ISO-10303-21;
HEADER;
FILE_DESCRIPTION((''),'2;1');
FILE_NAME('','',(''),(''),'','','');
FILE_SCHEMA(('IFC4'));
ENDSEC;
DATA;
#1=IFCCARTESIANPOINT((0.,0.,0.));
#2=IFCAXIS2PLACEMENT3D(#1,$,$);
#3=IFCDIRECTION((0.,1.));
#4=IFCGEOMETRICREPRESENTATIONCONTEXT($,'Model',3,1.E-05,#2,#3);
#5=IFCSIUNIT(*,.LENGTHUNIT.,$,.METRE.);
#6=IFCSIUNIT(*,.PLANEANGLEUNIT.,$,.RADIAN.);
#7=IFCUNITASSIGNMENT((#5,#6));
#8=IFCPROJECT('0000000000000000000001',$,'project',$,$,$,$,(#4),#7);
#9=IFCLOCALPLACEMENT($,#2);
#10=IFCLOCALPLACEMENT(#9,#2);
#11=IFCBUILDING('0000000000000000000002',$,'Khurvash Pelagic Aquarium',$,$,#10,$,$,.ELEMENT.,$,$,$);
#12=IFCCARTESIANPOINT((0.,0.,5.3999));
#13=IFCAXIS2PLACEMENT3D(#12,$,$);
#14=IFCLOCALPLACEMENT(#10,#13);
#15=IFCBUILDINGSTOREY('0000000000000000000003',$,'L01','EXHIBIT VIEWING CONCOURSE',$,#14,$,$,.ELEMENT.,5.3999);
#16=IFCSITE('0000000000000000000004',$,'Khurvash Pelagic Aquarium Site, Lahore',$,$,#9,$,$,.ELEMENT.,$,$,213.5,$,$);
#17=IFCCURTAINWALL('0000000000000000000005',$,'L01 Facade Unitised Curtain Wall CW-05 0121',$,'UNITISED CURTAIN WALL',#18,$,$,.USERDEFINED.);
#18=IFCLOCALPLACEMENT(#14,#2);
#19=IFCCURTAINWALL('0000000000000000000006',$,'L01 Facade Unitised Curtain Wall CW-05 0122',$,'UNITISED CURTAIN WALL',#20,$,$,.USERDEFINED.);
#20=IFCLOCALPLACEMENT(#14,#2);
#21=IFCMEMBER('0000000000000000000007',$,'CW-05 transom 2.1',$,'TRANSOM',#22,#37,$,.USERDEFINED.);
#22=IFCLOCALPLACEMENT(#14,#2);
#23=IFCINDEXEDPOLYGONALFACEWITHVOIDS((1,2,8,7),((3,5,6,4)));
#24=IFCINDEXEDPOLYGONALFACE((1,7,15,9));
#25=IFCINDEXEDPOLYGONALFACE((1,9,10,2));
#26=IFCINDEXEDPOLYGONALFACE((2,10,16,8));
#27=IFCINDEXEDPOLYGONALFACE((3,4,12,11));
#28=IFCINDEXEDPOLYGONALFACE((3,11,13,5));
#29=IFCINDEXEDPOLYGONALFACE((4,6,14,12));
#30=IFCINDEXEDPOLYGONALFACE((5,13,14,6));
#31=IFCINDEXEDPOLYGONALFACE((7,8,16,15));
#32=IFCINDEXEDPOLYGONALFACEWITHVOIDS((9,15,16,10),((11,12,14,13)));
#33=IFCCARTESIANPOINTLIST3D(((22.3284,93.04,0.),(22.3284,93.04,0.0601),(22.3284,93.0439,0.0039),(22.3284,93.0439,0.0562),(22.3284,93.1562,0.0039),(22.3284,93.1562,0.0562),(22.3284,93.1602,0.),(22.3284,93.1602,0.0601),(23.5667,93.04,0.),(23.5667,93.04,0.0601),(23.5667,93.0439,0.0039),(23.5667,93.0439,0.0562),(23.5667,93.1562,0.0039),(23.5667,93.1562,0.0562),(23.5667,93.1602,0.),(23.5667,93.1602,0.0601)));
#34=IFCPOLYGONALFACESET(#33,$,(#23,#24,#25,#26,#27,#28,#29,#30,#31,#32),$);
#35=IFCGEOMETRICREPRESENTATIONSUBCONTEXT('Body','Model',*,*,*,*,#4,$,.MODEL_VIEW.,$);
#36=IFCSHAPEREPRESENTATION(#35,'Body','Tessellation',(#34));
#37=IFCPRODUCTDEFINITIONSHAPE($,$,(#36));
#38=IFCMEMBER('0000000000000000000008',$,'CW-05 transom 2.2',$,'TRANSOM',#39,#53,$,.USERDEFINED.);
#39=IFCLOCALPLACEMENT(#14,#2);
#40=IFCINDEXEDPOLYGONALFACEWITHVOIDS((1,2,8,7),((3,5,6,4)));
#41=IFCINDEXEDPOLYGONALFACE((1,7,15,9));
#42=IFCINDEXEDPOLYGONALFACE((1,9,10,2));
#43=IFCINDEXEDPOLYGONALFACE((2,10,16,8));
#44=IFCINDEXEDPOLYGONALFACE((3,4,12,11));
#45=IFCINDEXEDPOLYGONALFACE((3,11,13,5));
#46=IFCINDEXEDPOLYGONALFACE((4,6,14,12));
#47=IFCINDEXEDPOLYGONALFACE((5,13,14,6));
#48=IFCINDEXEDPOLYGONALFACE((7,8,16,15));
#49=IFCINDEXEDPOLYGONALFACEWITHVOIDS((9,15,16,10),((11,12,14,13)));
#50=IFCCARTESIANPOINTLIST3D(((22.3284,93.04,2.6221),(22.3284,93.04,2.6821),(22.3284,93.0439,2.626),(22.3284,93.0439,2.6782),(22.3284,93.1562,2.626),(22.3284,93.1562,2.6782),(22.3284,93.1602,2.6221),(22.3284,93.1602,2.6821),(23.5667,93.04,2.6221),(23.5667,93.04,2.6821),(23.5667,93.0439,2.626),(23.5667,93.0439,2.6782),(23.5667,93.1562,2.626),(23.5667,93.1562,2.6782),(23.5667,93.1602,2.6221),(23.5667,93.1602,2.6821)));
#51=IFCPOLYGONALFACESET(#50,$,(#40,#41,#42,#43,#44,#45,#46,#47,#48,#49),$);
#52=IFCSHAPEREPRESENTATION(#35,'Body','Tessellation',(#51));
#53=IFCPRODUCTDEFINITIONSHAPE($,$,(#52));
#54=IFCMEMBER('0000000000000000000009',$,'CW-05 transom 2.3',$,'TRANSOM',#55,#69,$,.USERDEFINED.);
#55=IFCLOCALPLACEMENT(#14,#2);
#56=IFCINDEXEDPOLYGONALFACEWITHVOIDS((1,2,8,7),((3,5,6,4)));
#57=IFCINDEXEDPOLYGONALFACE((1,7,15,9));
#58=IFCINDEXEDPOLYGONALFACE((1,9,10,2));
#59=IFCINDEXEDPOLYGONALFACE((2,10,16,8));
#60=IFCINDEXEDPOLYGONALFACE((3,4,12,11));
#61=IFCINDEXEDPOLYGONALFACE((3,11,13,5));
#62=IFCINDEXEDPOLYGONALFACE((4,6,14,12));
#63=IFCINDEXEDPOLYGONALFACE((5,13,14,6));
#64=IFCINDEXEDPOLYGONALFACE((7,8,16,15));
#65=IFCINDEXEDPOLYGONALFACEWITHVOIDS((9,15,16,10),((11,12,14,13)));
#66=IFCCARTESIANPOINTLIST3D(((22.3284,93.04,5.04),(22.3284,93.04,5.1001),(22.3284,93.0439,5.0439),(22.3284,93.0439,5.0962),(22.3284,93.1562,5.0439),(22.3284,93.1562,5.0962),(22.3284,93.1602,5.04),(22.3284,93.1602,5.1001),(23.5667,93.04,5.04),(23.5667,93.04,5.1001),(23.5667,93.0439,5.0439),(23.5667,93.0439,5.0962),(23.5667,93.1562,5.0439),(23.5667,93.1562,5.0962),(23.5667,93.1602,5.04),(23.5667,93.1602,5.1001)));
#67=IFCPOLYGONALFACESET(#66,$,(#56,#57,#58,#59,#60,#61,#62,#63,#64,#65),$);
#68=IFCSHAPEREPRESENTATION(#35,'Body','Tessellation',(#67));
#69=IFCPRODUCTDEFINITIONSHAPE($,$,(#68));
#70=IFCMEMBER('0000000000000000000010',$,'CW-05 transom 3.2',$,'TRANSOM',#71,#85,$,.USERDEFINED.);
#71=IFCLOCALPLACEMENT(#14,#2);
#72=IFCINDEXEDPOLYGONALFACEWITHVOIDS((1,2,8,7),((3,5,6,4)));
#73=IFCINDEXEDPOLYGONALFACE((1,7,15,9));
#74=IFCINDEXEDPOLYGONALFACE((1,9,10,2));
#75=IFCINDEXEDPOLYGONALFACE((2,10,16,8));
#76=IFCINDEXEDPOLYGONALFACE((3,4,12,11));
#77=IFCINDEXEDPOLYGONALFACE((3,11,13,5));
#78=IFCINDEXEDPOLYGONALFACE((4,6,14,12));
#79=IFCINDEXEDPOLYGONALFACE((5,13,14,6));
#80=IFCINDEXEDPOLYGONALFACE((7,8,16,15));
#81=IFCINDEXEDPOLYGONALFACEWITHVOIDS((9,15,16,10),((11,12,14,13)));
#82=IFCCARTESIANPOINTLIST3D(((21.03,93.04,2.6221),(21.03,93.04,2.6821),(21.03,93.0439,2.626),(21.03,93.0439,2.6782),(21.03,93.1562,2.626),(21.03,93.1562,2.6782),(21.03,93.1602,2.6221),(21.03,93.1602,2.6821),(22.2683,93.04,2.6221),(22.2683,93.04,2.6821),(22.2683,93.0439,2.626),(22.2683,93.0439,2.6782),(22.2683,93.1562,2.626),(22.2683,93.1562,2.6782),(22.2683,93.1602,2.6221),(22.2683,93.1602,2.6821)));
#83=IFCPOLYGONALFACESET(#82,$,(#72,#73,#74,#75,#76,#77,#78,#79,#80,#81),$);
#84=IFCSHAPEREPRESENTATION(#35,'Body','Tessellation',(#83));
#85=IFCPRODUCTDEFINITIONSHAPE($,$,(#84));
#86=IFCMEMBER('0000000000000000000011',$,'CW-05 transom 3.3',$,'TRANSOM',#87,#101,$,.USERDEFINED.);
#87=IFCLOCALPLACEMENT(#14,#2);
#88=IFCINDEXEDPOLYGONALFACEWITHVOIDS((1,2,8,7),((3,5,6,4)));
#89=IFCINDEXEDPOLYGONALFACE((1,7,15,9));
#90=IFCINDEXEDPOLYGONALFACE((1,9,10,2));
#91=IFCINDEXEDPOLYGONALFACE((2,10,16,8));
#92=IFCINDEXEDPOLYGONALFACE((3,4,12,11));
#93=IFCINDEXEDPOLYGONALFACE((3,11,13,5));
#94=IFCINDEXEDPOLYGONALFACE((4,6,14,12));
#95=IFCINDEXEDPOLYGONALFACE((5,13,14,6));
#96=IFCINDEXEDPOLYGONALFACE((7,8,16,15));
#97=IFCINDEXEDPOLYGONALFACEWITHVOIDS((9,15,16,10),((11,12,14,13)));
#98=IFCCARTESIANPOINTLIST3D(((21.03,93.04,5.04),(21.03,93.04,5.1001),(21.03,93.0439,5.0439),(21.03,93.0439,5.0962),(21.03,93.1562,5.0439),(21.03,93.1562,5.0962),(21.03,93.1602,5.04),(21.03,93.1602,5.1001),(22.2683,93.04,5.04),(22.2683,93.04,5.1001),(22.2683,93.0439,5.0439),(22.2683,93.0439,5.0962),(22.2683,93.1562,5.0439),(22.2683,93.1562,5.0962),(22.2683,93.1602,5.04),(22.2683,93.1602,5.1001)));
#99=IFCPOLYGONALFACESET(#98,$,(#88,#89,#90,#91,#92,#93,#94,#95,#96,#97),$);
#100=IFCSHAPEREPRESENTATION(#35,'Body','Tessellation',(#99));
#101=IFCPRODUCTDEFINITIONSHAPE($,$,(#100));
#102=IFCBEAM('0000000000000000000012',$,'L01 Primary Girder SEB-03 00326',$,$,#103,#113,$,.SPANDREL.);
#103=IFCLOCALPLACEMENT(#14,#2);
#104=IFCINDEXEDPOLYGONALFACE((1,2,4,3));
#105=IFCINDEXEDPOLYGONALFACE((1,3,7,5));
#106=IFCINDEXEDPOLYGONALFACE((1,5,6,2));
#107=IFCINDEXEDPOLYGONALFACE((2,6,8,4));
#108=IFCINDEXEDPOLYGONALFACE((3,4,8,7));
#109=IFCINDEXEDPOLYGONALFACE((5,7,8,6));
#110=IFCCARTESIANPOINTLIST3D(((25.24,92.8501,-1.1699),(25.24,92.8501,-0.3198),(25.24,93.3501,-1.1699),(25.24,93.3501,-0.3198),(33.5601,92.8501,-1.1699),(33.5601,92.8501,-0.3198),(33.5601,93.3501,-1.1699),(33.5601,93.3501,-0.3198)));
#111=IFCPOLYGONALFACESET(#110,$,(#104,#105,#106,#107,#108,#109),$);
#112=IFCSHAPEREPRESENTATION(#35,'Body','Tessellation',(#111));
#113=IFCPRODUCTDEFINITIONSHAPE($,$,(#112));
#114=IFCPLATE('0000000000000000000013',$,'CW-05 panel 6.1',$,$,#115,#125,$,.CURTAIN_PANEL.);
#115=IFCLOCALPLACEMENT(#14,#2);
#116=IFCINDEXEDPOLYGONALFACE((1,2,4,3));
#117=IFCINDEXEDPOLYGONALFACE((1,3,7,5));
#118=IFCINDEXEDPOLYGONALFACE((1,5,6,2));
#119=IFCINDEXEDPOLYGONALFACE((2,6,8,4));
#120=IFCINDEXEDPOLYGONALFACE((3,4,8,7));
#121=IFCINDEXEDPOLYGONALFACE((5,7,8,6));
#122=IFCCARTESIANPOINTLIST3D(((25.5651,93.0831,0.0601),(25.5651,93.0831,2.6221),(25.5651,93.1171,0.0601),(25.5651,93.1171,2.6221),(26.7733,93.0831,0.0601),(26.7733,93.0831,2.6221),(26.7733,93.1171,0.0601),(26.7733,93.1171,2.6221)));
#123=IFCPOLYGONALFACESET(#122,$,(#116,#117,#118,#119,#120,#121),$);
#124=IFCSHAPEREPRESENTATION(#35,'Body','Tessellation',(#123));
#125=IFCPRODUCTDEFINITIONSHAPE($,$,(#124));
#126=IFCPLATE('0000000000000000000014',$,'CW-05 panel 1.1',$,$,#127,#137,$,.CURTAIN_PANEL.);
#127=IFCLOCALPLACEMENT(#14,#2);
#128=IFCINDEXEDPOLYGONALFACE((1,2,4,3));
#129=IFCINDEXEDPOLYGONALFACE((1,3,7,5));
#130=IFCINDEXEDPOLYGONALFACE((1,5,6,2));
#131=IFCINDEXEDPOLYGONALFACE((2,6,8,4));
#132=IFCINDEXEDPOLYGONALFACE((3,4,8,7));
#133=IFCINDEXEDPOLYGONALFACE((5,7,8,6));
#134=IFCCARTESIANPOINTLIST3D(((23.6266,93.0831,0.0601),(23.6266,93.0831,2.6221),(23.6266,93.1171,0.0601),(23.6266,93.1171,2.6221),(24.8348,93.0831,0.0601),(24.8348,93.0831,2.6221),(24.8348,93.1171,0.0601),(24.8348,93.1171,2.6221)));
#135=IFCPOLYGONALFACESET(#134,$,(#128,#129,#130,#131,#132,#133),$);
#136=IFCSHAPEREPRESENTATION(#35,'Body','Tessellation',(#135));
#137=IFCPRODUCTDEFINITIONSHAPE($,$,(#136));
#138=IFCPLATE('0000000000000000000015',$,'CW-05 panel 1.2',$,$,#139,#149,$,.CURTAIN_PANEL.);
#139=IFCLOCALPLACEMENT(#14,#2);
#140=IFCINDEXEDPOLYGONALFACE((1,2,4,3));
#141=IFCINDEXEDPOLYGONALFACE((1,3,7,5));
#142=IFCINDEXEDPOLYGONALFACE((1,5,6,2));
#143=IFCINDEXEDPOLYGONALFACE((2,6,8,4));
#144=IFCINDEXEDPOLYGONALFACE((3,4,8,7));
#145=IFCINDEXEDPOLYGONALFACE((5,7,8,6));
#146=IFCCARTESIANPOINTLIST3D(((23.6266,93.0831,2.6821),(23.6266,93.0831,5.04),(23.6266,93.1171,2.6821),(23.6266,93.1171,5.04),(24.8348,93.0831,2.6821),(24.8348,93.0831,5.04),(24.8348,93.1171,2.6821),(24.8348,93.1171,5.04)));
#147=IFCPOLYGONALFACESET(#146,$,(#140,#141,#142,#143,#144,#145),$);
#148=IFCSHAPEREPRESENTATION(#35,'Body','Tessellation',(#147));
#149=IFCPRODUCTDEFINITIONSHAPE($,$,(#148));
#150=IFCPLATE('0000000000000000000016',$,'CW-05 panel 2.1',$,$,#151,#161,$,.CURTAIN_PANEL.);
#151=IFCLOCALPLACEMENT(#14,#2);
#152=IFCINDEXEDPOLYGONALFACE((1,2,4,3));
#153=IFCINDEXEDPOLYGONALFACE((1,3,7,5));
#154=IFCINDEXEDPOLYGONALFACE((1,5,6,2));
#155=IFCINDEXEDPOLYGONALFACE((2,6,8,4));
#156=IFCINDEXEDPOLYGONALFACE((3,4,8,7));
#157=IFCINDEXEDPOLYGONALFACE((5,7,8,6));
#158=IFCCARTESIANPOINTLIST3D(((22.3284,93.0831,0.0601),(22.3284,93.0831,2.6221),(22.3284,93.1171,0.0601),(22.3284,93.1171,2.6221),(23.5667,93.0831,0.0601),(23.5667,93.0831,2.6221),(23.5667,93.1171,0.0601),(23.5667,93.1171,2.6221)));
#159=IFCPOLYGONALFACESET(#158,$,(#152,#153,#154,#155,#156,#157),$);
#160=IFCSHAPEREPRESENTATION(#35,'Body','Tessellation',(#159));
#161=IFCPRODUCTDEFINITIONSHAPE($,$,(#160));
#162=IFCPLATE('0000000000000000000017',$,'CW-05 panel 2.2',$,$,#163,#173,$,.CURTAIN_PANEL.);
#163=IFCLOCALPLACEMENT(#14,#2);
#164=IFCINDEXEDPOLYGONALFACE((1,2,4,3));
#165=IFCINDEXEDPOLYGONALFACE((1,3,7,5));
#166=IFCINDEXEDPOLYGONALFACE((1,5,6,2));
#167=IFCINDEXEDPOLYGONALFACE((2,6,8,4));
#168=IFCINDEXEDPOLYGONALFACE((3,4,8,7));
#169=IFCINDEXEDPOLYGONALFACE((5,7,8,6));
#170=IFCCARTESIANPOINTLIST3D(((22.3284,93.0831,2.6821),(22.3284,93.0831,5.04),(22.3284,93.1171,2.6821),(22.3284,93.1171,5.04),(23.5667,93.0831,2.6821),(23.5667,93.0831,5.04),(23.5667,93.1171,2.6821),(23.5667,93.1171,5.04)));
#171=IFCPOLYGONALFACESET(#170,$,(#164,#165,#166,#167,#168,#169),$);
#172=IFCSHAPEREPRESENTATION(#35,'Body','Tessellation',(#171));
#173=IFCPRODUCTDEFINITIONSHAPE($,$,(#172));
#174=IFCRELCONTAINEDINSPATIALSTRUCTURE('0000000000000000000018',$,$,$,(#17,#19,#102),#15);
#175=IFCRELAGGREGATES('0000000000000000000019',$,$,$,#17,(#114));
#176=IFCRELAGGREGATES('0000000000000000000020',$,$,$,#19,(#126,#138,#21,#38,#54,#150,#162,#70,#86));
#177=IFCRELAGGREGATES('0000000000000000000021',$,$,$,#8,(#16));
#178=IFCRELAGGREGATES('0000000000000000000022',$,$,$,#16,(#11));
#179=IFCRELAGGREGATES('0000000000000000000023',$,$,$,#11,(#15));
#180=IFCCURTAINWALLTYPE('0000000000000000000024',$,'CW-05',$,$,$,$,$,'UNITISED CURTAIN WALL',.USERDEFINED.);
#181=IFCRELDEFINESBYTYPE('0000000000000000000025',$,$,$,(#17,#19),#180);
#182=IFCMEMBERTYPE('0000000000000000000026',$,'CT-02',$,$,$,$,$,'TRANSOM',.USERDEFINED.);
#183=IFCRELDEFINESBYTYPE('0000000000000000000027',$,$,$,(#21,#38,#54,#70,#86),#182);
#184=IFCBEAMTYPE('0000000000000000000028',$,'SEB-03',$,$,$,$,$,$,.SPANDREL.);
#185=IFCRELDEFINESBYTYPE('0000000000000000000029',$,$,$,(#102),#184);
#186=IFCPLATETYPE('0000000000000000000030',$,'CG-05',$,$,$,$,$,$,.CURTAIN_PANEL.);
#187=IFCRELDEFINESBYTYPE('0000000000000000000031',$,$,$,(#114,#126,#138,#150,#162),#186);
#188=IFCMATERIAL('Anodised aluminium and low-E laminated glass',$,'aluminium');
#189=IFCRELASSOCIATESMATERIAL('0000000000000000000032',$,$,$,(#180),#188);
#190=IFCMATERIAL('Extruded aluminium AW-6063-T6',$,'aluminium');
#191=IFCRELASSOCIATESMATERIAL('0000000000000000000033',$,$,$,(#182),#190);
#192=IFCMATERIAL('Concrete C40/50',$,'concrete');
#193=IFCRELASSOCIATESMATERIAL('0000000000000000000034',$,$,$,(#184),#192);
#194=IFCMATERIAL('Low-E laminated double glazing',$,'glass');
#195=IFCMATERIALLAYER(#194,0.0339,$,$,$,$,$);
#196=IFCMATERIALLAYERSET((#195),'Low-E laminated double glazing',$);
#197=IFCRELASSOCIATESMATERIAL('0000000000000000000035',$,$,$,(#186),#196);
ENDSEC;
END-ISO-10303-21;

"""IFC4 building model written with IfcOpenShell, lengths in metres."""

from ifc_helpers import new_model, si_unit, direction, frame, origin, origin_2d, place, context, subcontext, project, spatial, rectangle, hollow_rectangle, extrude, material, layer, layer_set, material_profile, profile_set, type_object, element, aggregate, save


model = new_model("IFC4")

# Units and contexts
model_context = context("Model", 3, precision=1e-05, world=origin(), true_north=direction((0.0, 1.0)))
body_context = subcontext(model_context, "Body", "Model", "MODEL_VIEW")
ifc_project = project(units=[si_unit("LENGTHUNIT", "METRE"), si_unit("PLANEANGLEUNIT", "RADIAN")], contexts=[model_context])

# Site, building, storey
site_placement = place(None, origin())
site = spatial("IfcSite", under=ifc_project, at=site_placement, Name="Khurvash Pelagic Aquarium Site, Lahore", CompositionType="ELEMENT", RefElevation=213.5)
building_placement = place(site_placement, origin())
building = spatial("IfcBuilding", under=site, at=building_placement, Name="Khurvash Pelagic Aquarium", CompositionType="ELEMENT")
storey_placement = place(building_placement, frame((0.0, 0.0, 5.3999)))
storey = spatial("IfcBuildingStorey", under=building, at=storey_placement, Name="L01", Description="EXHIBIT VIEWING CONCOURSE", CompositionType="ELEMENT", Elevation=5.3999)

# Shared definitions
ifc_material_1 = material(Name="Concrete C40/50", Category="concrete")

# Curtain wall
ifc_material_2 = material(Name="Anodised aluminium and low-E laminated glass", Category="aluminium")
curtain_wall_type = type_object("IfcCurtainWallType", Name="CW-05", ElementType="UNITISED CURTAIN WALL", PredefinedType="USERDEFINED", material=ifc_material_2)
curtain_wall_1_placement = place(storey_placement, origin())
curtain_wall_1 = element("IfcCurtainWall", 1, at=curtain_wall_1_placement, inside=storey, type_object=curtain_wall_type, Name="L01 Facade Unitised Curtain Wall CW-05 0121", ObjectType="UNITISED CURTAIN WALL", PredefinedType="USERDEFINED")
ifc_material_3 = material(Name="Extruded aluminium AW-6063-T6", Category="aluminium")

# Curtain wall, members
curtain_wall_2_placement = place(storey_placement, origin())
curtain_wall_2 = element("IfcCurtainWall", 2, at=curtain_wall_2_placement, inside=storey, type_object=curtain_wall_type, Name="L01 Facade Unitised Curtain Wall CW-05 0122", ObjectType="UNITISED CURTAIN WALL", PredefinedType="USERDEFINED")
ifc_material_profile_1 = material_profile(ifc_material_3, hollow_rectangle(XDim=0.1201, YDim=0.0601, WallThickness=0.0039, at=origin_2d()), Name="CWT120X60X4")
ifc_profile_set_1 = profile_set([ifc_material_profile_1], Name="Extruded aluminium AW-6063-T6")
member_type_1 = type_object("IfcMemberType", Name="CT-02", ElementType="TRANSOM", PredefinedType="USERDEFINED", material=ifc_profile_set_1)
member_1_placement = place(storey_placement, frame((23.5667, 93.1001, 0.03), z_axis=(-1.0, 0.0, 0.0), x_axis=(0.0, -1.0, 0.0)))
member_1 = element("IfcMember", 3, at=member_1_placement, type_object=member_type_1, Name="CW-05 transom 2.1", ObjectType="TRANSOM", PredefinedType="USERDEFINED", context=body_context, shape_type="SweptSolid", body=[
    extrude(hollow_rectangle(XDim=0.1201, YDim=0.0601, WallThickness=0.0039, at=origin_2d()), origin(), (0.0, 0.0, 1.0), 1.2383),
])
member_2_placement = place(storey_placement, frame((23.5667, 93.1001, 2.6521), z_axis=(-1.0, 0.0, 0.0), x_axis=(0.0, -1.0, 0.0)))
member_2 = element("IfcMember", 4, at=member_2_placement, type_object=member_type_1, Name="CW-05 transom 2.2", ObjectType="TRANSOM", PredefinedType="USERDEFINED", context=body_context, shape_type="SweptSolid", body=[
    extrude(hollow_rectangle(XDim=0.1201, YDim=0.0601, WallThickness=0.0039, at=origin_2d()), origin(), (0.0, 0.0, 1.0), 1.2383),
])
member_3_placement = place(storey_placement, frame((23.5667, 93.1001, 5.0701), z_axis=(-1.0, 0.0, 0.0), x_axis=(0.0, -1.0, 0.0)))
member_3 = element("IfcMember", 5, at=member_3_placement, type_object=member_type_1, Name="CW-05 transom 2.3", ObjectType="TRANSOM", PredefinedType="USERDEFINED", context=body_context, shape_type="SweptSolid", body=[
    extrude(hollow_rectangle(XDim=0.1201, YDim=0.0601, WallThickness=0.0039, at=origin_2d()), origin(), (0.0, 0.0, 1.0), 1.2383),
])
member_4_placement = place(storey_placement, frame((22.2683, 93.1001, 2.6521), z_axis=(-1.0, 0.0, 0.0), x_axis=(0.0, -1.0, 0.0)))
member_4 = element("IfcMember", 6, at=member_4_placement, type_object=member_type_1, Name="CW-05 transom 3.2", ObjectType="TRANSOM", PredefinedType="USERDEFINED", context=body_context, shape_type="SweptSolid", body=[
    extrude(hollow_rectangle(XDim=0.1201, YDim=0.0601, WallThickness=0.0039, at=origin_2d()), origin(), (0.0, 0.0, 1.0), 1.2383),
])
member_5_placement = place(storey_placement, frame((22.2683, 93.1001, 5.0701), z_axis=(-1.0, 0.0, 0.0), x_axis=(0.0, -1.0, 0.0)))
member_5 = element("IfcMember", 7, at=member_5_placement, type_object=member_type_1, Name="CW-05 transom 3.3", ObjectType="TRANSOM", PredefinedType="USERDEFINED", context=body_context, shape_type="SweptSolid", body=[
    extrude(hollow_rectangle(XDim=0.1201, YDim=0.0601, WallThickness=0.0039, at=origin_2d()), origin(), (0.0, 0.0, 1.0), 1.2383),
])

# Beam
ifc_material_profile_2 = material_profile(ifc_material_1, rectangle(XDim=0.5, YDim=0.8501, at=origin_2d()), Name="RC500X850")
ifc_profile_set_2 = profile_set([ifc_material_profile_2], Name="Concrete C40/50")
beam_type_1 = type_object("IfcBeamType", Name="SEB-03", PredefinedType="SPANDREL", material=ifc_profile_set_2)
beam_1_placement = place(storey_placement, frame((25.24, 93.1001, -0.7449), z_axis=(1.0, 0.0, 0.0), x_axis=(0.0, 1.0, 0.0)))
element("IfcBeam", 8, at=beam_1_placement, inside=storey, type_object=beam_type_1, Name="L01 Primary Girder SEB-03 00326", PredefinedType="SPANDREL", context=body_context, shape_type="SweptSolid", body=[
    extrude(rectangle(XDim=0.5, YDim=0.8501, at=origin_2d()), origin(), (0.0, 0.0, 1.0), 8.3201),
])

# Plates
ifc_material_4 = material(Name="Low-E laminated double glazing", Category="glass")
ifc_layer = layer(ifc_material_4, 0.0339)
ifc_layer_set = layer_set([ifc_layer], Name="Low-E laminated double glazing")
plate_type = type_object("IfcPlateType", Name="CG-05", PredefinedType="CURTAIN_PANEL", material=ifc_layer_set)
plate_1_placement = place(storey_placement, frame((26.1692, 93.1001, 0.0601), z_axis=(0.0, 0.0, 1.0), x_axis=(-1.0, 0.0, 0.0)))
plate_1 = element("IfcPlate", 9, at=plate_1_placement, type_object=plate_type, Name="CW-05 panel 6.1", PredefinedType="CURTAIN_PANEL", context=body_context, shape_type="SweptSolid", body=[
    extrude(rectangle(XDim=1.2083, YDim=0.0339, at=origin_2d()), origin(), (0.0, 0.0, 1.0), 2.562),
])
aggregate(curtain_wall_1, [plate_1])
plate_2_placement = place(storey_placement, frame((24.2307, 93.1001, 0.0601), z_axis=(0.0, 0.0, 1.0), x_axis=(-1.0, 0.0, 0.0)))
plate_2 = element("IfcPlate", 10, at=plate_2_placement, type_object=plate_type, Name="CW-05 panel 1.1", PredefinedType="CURTAIN_PANEL", context=body_context, shape_type="SweptSolid", body=[
    extrude(rectangle(XDim=1.2083, YDim=0.0339, at=origin_2d()), origin(), (0.0, 0.0, 1.0), 2.562),
])
plate_3_placement = place(storey_placement, frame((24.2307, 93.1001, 2.6821), z_axis=(0.0, 0.0, 1.0), x_axis=(-1.0, 0.0, 0.0)))
plate_3 = element("IfcPlate", 11, at=plate_3_placement, type_object=plate_type, Name="CW-05 panel 1.2", PredefinedType="CURTAIN_PANEL", context=body_context, shape_type="SweptSolid", body=[
    extrude(rectangle(XDim=1.2083, YDim=0.0339, at=origin_2d()), origin(), (0.0, 0.0, 1.0), 2.3579),
])
plate_4_placement = place(storey_placement, frame((22.9475, 93.1001, 0.0601), z_axis=(0.0, 0.0, 1.0), x_axis=(-1.0, 0.0, 0.0)))
plate_4 = element("IfcPlate", 12, at=plate_4_placement, type_object=plate_type, Name="CW-05 panel 2.1", PredefinedType="CURTAIN_PANEL", context=body_context, shape_type="SweptSolid", body=[
    extrude(rectangle(XDim=1.2383, YDim=0.0339, at=origin_2d()), origin(), (0.0, 0.0, 1.0), 2.562),
])
plate_5_placement = place(storey_placement, frame((22.9475, 93.1001, 2.6821), z_axis=(0.0, 0.0, 1.0), x_axis=(-1.0, 0.0, 0.0)))
plate_5 = element("IfcPlate", 13, at=plate_5_placement, type_object=plate_type, Name="CW-05 panel 2.2", PredefinedType="CURTAIN_PANEL", context=body_context, shape_type="SweptSolid", body=[
    extrude(rectangle(XDim=1.2383, YDim=0.0339, at=origin_2d()), origin(), (0.0, 0.0, 1.0), 2.3579),
])
aggregate(curtain_wall_2, [plate_2, plate_3, member_1, member_2, member_3, plate_4, plate_5, member_4, member_5])

save(model, "model.ifc")
